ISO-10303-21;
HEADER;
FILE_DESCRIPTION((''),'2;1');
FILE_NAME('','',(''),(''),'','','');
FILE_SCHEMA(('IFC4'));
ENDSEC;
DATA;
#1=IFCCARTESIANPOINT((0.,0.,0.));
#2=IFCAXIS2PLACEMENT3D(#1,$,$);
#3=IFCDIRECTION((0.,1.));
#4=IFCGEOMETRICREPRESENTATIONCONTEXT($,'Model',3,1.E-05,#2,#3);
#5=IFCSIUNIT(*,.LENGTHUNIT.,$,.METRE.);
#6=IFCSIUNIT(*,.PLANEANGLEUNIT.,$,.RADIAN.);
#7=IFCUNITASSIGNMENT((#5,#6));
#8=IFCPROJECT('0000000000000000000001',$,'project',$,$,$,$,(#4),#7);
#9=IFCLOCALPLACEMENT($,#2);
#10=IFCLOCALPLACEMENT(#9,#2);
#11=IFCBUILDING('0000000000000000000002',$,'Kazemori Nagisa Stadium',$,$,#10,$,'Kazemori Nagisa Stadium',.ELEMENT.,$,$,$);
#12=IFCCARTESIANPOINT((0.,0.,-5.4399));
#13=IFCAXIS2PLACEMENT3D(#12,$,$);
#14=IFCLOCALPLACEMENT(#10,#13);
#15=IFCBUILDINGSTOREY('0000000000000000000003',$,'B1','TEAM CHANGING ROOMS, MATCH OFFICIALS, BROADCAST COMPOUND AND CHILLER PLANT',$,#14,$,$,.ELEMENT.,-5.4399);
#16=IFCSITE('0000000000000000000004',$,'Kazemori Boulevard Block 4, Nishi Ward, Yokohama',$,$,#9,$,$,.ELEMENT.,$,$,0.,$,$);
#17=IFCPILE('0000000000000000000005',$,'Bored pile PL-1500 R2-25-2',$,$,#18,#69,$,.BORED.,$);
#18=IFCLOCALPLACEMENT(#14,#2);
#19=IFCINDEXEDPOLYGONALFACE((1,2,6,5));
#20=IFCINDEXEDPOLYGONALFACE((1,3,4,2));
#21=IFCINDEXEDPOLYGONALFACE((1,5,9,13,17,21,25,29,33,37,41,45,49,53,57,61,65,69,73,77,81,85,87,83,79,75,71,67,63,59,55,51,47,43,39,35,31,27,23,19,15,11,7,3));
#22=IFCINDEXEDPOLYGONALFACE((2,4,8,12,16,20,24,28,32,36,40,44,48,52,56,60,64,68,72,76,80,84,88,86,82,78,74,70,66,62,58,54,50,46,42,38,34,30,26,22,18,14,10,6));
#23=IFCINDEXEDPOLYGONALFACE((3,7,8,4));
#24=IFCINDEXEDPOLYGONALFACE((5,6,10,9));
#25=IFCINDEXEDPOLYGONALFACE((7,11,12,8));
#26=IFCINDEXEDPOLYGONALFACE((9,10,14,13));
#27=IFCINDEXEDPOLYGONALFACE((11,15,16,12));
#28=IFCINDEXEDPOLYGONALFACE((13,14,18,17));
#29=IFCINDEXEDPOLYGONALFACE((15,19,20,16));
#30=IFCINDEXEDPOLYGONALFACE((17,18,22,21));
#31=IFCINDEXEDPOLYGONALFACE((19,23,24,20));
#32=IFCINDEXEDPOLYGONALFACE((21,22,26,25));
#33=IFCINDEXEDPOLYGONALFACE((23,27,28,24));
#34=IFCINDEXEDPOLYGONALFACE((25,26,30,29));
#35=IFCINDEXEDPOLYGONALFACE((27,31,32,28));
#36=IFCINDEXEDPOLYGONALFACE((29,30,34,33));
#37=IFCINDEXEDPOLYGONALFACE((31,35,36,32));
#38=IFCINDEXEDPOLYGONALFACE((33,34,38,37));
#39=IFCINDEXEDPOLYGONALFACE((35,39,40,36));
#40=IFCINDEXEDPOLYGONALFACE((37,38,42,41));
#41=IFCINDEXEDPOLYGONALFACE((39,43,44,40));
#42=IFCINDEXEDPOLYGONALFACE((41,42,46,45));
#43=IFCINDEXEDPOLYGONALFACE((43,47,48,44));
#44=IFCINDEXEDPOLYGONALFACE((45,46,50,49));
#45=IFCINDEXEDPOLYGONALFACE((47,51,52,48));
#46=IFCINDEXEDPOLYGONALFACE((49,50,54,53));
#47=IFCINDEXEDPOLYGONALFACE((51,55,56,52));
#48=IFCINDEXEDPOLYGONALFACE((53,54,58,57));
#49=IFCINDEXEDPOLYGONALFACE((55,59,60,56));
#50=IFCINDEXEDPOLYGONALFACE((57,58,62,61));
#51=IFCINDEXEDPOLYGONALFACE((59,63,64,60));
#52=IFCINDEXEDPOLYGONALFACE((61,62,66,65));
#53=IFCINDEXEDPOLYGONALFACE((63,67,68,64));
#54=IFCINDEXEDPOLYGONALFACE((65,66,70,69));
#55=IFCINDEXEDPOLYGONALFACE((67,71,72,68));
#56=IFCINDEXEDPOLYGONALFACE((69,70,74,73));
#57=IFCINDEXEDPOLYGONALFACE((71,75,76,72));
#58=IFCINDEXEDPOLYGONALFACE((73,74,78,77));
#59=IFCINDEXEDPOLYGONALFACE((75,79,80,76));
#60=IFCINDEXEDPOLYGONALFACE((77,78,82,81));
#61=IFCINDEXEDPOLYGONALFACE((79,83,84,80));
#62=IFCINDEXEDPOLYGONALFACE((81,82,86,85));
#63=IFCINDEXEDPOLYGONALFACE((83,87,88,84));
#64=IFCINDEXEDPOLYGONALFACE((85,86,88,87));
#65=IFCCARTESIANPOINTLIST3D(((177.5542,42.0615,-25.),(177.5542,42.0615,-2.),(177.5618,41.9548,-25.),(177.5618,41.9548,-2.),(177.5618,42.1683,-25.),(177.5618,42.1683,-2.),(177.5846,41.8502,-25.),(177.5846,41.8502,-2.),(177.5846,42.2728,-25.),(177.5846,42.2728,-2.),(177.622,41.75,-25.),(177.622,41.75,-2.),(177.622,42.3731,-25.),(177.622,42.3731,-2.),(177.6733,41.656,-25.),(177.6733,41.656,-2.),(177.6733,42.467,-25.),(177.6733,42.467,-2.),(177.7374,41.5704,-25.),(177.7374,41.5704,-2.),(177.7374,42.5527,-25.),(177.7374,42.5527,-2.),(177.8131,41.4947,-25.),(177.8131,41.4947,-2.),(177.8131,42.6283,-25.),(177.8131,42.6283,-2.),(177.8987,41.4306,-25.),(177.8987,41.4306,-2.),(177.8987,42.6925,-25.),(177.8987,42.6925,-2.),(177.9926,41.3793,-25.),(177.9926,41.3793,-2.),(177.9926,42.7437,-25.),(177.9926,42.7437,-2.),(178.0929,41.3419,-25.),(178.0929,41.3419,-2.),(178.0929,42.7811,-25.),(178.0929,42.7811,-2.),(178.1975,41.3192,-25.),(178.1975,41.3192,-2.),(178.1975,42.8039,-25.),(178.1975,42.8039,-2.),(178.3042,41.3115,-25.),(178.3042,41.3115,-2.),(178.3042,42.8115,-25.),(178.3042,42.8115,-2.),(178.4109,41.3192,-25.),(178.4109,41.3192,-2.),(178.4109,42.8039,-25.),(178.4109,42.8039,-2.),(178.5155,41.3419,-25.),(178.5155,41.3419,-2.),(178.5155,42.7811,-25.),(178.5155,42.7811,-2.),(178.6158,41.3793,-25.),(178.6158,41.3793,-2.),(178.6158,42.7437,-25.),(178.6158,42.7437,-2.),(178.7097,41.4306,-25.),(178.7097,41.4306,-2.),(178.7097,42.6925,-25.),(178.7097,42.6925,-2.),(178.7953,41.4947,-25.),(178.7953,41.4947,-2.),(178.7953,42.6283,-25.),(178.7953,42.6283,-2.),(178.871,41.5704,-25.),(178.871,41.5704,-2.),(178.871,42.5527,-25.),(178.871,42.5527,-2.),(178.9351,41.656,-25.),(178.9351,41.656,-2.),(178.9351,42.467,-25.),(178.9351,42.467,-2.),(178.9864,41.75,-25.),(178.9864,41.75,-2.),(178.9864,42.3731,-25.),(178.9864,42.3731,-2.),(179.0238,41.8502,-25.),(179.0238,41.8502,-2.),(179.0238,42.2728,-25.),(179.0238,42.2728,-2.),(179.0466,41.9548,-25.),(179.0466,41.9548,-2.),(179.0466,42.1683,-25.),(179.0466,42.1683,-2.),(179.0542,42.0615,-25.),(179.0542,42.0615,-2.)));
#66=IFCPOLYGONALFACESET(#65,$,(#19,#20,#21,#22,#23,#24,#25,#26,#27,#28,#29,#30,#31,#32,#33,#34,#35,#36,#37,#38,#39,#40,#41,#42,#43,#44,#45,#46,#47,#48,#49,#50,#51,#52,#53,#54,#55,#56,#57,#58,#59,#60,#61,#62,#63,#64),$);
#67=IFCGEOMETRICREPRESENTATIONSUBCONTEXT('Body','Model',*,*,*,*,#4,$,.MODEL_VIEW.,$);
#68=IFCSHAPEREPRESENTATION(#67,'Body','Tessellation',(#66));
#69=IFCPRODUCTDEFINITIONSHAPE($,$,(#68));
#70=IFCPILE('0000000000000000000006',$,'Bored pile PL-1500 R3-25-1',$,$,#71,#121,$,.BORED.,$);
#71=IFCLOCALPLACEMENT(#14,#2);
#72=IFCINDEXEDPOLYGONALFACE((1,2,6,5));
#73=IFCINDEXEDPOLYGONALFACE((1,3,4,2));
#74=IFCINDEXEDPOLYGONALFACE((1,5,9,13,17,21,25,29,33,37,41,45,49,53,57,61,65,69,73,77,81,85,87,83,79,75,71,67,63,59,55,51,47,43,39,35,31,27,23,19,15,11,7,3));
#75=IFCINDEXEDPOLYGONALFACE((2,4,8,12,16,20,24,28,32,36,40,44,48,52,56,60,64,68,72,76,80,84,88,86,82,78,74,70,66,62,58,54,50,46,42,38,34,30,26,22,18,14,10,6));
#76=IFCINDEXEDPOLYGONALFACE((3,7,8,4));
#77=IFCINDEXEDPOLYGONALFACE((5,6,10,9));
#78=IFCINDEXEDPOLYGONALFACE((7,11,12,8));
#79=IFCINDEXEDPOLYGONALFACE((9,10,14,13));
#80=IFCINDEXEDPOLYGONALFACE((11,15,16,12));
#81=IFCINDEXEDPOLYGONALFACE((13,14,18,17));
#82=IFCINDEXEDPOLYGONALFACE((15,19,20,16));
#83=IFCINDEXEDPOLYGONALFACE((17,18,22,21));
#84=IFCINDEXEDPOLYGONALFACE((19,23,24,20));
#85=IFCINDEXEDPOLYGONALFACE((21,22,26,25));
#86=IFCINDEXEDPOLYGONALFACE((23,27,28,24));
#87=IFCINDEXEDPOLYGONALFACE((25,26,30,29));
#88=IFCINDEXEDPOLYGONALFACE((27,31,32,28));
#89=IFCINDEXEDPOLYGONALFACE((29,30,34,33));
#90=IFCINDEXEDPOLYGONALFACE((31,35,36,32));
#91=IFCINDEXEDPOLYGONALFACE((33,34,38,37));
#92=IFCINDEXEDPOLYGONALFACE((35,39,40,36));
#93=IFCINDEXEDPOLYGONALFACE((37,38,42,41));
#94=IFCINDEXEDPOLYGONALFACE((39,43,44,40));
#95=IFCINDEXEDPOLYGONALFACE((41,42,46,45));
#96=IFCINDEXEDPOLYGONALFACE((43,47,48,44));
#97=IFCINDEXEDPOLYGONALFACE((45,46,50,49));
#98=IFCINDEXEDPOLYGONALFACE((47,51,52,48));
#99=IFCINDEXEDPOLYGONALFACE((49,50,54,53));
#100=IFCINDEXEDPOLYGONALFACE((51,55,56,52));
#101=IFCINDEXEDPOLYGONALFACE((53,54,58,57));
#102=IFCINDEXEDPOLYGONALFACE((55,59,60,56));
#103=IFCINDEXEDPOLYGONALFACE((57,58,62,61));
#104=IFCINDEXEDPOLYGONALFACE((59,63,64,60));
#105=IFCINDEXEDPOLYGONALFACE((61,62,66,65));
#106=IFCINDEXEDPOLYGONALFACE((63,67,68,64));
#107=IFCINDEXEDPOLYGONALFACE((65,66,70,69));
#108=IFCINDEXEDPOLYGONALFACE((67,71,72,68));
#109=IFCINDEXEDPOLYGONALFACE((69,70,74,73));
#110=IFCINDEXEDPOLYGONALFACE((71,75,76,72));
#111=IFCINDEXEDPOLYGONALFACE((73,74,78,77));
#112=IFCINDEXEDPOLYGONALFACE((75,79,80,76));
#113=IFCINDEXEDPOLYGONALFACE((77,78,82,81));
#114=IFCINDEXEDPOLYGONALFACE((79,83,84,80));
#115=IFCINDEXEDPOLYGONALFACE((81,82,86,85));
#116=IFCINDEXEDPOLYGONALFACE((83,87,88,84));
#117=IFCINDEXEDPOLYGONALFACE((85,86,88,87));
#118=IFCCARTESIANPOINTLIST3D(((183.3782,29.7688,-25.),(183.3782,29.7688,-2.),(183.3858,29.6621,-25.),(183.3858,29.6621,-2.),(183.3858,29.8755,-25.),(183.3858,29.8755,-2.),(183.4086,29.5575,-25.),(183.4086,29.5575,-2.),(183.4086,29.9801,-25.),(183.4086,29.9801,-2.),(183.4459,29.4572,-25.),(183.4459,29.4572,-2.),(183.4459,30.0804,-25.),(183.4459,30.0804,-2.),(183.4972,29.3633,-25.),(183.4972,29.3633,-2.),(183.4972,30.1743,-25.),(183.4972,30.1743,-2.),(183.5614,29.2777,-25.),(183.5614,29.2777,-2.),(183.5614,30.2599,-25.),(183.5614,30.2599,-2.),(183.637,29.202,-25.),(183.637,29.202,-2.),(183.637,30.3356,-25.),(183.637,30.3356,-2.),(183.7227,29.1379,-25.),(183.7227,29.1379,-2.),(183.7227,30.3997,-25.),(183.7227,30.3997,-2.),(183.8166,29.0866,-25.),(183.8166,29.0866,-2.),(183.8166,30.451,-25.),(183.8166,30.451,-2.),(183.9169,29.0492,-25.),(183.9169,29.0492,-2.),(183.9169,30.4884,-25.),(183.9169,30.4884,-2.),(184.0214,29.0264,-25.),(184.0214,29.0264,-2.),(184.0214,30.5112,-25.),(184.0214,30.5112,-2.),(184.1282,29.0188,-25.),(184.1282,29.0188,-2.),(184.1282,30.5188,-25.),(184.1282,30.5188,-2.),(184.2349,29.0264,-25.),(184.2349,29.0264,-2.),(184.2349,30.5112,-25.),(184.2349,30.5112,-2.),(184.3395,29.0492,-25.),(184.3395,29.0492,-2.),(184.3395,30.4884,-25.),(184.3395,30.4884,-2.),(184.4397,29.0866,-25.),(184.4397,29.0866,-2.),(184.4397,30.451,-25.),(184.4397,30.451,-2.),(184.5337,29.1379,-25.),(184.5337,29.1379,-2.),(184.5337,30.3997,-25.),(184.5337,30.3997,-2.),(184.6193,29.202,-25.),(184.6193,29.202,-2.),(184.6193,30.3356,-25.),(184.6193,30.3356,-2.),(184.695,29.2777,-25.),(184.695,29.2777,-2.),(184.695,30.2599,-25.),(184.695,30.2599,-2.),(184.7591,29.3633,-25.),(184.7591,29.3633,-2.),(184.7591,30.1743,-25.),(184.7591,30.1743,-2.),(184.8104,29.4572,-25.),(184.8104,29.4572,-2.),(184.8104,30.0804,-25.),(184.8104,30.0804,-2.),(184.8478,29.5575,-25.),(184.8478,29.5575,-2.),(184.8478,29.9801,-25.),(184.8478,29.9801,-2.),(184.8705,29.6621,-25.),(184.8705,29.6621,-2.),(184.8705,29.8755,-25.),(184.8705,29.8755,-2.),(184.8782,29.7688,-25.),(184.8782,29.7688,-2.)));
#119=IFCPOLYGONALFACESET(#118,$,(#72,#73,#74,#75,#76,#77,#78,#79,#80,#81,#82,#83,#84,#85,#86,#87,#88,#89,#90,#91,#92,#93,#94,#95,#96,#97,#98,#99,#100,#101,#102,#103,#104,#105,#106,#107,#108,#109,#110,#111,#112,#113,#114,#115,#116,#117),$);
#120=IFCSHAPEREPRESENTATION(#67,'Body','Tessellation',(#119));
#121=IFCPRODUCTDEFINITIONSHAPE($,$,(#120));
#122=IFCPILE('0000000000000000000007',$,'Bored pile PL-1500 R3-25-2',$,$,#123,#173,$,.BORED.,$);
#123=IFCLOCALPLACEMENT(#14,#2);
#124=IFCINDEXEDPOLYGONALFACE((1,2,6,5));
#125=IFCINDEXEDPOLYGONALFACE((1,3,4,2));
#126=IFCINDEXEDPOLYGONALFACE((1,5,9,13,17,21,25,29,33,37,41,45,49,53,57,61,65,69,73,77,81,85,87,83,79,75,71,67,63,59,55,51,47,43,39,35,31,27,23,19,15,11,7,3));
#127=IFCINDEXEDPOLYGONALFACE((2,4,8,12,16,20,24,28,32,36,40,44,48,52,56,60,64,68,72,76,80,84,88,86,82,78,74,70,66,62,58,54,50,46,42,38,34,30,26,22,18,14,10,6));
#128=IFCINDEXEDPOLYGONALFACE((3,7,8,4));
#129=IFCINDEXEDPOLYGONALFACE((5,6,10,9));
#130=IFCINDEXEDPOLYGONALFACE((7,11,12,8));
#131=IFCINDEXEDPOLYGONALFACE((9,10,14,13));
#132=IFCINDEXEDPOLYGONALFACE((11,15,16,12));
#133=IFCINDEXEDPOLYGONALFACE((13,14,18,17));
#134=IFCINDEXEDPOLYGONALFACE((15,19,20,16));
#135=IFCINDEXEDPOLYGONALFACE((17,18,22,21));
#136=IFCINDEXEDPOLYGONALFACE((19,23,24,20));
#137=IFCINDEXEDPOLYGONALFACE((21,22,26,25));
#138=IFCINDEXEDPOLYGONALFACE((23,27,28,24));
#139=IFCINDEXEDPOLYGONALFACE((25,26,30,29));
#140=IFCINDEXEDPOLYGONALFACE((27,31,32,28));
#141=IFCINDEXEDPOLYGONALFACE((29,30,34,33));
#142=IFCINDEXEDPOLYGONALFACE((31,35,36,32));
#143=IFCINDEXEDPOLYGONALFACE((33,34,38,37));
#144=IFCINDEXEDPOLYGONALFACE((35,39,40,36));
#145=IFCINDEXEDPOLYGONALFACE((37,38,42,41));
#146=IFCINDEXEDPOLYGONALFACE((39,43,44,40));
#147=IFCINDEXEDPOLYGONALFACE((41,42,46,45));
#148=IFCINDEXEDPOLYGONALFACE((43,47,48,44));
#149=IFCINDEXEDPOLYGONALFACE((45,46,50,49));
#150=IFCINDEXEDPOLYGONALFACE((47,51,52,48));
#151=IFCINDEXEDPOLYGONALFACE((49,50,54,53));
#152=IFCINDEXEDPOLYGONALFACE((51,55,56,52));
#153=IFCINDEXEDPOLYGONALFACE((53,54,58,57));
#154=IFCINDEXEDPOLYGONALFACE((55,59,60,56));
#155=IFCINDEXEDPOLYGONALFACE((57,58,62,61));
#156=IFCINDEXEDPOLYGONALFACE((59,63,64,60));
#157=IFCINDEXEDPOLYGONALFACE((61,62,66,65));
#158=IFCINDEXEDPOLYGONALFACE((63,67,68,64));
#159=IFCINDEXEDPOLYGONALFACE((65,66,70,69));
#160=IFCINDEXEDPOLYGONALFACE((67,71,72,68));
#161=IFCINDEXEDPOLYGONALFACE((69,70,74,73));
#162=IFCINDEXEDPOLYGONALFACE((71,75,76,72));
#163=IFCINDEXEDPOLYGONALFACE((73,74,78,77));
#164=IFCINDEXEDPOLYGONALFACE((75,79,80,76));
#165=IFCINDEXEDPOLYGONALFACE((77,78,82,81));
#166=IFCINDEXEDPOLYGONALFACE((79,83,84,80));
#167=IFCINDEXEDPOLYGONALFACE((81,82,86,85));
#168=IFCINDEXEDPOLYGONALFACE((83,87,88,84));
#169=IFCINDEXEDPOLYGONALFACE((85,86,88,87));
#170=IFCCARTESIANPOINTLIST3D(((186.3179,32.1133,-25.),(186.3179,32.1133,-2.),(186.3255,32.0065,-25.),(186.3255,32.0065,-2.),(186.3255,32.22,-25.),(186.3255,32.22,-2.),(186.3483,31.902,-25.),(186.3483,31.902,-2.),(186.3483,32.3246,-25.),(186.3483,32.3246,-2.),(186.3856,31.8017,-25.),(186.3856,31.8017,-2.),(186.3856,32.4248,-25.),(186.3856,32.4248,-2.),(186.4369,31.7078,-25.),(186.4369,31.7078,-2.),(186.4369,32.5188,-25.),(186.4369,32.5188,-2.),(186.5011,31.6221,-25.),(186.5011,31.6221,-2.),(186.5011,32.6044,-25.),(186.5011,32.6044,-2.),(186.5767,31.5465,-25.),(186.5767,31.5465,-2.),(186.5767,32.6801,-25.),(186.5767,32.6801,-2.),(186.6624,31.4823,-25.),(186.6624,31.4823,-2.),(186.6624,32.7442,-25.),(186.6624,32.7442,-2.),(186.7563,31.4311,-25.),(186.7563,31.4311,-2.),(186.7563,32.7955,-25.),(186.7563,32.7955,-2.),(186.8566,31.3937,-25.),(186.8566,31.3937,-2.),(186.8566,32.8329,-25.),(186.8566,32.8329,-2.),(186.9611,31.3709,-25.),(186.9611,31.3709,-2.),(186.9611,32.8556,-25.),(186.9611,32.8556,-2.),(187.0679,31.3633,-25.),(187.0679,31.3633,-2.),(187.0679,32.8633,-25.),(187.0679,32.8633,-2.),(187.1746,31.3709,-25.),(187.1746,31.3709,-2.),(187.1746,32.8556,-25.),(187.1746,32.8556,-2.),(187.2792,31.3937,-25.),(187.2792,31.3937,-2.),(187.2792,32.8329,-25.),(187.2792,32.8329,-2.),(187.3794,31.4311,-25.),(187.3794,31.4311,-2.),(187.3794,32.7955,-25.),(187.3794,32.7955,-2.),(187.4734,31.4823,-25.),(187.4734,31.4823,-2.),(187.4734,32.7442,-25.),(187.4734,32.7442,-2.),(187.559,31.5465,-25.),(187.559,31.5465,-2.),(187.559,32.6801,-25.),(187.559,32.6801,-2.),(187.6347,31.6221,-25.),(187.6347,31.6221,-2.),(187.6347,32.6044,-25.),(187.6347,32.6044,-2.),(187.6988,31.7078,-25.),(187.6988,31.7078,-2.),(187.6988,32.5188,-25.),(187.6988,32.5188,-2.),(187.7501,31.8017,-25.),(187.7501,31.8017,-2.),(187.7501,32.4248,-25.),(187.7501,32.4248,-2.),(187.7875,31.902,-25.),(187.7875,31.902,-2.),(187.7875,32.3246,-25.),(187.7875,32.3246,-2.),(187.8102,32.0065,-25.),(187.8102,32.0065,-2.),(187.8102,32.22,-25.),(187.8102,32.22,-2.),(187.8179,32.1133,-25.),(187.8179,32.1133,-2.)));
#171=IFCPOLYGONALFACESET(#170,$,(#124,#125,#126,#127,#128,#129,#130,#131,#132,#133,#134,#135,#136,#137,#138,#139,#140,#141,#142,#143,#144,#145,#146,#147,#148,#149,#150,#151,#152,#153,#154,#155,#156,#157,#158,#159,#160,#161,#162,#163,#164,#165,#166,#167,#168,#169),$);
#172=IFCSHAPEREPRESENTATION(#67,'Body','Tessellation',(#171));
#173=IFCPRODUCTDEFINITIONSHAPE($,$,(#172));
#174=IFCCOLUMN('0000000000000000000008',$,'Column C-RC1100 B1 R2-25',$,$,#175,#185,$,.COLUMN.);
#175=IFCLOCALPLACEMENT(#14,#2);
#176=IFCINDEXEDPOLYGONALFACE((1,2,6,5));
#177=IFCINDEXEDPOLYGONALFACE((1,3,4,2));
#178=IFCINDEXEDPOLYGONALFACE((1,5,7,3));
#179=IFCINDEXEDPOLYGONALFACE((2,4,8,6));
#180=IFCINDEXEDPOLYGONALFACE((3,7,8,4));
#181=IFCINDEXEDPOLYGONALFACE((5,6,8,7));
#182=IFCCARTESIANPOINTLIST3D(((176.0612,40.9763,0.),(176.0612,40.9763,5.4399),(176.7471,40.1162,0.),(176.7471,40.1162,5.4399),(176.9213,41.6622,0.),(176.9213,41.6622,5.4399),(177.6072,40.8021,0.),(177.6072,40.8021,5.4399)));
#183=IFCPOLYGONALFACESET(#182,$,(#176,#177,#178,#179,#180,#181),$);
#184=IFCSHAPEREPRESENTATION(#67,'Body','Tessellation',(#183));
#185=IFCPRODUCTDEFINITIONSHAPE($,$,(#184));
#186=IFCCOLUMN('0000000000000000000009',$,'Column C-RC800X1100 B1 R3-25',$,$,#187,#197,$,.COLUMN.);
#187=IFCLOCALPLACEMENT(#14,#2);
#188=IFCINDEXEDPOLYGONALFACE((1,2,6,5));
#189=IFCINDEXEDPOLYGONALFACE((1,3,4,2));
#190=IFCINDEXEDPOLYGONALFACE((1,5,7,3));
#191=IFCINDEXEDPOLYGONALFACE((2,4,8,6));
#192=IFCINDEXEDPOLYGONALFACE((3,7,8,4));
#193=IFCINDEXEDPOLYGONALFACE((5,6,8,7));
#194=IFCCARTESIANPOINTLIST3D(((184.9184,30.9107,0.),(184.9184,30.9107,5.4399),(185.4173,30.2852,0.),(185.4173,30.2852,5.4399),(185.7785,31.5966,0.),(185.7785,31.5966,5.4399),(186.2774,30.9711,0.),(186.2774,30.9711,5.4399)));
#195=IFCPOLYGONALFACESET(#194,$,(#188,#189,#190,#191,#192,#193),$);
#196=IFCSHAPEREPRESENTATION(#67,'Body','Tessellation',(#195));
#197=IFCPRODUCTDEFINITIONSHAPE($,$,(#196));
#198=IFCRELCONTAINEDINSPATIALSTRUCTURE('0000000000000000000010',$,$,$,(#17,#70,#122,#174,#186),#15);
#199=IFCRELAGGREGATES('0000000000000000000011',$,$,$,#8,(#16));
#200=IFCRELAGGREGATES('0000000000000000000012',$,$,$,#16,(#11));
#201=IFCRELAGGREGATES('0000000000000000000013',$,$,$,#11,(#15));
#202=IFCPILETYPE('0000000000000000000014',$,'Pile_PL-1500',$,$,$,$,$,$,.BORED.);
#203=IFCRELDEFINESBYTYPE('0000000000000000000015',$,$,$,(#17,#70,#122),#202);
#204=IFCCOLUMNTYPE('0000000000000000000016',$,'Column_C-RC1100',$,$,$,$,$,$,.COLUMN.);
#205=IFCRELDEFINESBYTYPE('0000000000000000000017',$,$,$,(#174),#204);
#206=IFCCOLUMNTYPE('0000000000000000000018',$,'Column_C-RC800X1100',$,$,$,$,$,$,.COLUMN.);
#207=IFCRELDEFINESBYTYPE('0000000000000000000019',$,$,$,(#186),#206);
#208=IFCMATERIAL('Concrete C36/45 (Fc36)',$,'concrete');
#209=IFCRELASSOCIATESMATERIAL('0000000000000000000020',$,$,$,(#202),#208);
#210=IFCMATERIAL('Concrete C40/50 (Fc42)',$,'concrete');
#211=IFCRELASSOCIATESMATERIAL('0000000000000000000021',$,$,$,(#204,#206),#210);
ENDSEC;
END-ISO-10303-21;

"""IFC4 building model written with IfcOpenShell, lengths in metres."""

from ifc_helpers import new_model, si_unit, direction, frame, origin, origin_2d, place, context, subcontext, project, spatial, rectangle, circle, extrude, material, material_profile, profile_set, type_object, element, save


model = new_model("IFC4")

# Units and contexts
model_context = context("Model", 3, precision=1e-05, world=origin(), true_north=direction((0.0, 1.0)))
body_context = subcontext(model_context, "Body", "Model", "MODEL_VIEW")
ifc_project = project(units=[si_unit("LENGTHUNIT", "METRE"), si_unit("PLANEANGLEUNIT", "RADIAN")], contexts=[model_context])

# Site, building, storey
site_placement = place(None, origin())
site = spatial("IfcSite", under=ifc_project, at=site_placement, Name="Kazemori Boulevard Block 4, Nishi Ward, Yokohama", CompositionType="ELEMENT", RefElevation=0.0)
building_placement = place(site_placement, origin())
building = spatial("IfcBuilding", under=site, at=building_placement, Name="Kazemori Nagisa Stadium", LongName="Kazemori Nagisa Stadium", CompositionType="ELEMENT")
storey_placement = place(building_placement, frame((0.0, 0.0, -5.4399)))
storey = spatial("IfcBuildingStorey", under=building, at=storey_placement, Name="B1", Description="TEAM CHANGING ROOMS, MATCH OFFICIALS, BROADCAST COMPOUND AND CHILLER PLANT", CompositionType="ELEMENT", Elevation=-5.4399)

# Shared definitions
ifc_material_1 = material(Name="Concrete C40/50 (Fc42)", Category="concrete")

# Piles
ifc_material_2 = material(Name="Concrete C36/45 (Fc36)", Category="concrete")
ifc_material_profile_1 = material_profile(ifc_material_2, circle(Radius=0.75, at=origin_2d()), Name="PILE-D1500")
ifc_profile_set_1 = profile_set([ifc_material_profile_1], Name="Concrete C36/45 (Fc36)")
pile_type_1 = type_object("IfcPileType", Name="Pile_PL-1500", PredefinedType="BORED", material=ifc_profile_set_1)
for number, where, z_axis, x_axis, name in (
    (1, (178.3042, 42.0615, -2.0), (0.0, 0.0, -1.0), (1.0, 0.0, 0.0), "Bored pile PL-1500 R2-25-2"),
    (2, (184.1282, 29.7688, -2.0), (0.0, 0.0, -1.0), (1.0, 0.0, 0.0), "Bored pile PL-1500 R3-25-1"),
    (3, (187.0679, 32.1133, -2.0), (0.0, 0.0, -1.0), (1.0, 0.0, 0.0), "Bored pile PL-1500 R3-25-2"),
):
    element("IfcPile", number, at=place(storey_placement, frame(where, z_axis=z_axis, x_axis=x_axis)), inside=storey, type_object=pile_type_1, Name=name, PredefinedType="BORED", context=body_context, shape_type="SweptSolid", body=[
        extrude(circle(Radius=0.75, at=origin_2d()), origin(), (0.0, 0.0, 1.0), 23.0),
    ])

# Columns
ifc_material_profile_2 = material_profile(ifc_material_1, rectangle(XDim=1.1001, YDim=1.1001, at=origin_2d()), Name="RC-COL-1100x1100")
ifc_profile_set_2 = profile_set([ifc_material_profile_2], Name="Concrete C40/50 (Fc42)")
column_type_1 = type_object("IfcColumnType", Name="Column_C-RC1100", PredefinedType="COLUMN", material=ifc_profile_set_2)
column_placement = place(storey_placement, frame((176.8342, 40.8892, 0.0), z_axis=(0.0, 0.0, 1.0), x_axis=(0.62349, -0.781831, 0.0)))
element("IfcColumn", 4, at=column_placement, inside=storey, type_object=column_type_1, Name="Column C-RC1100 B1 R2-25", PredefinedType="COLUMN", context=body_context, shape_type="SweptSolid", body=[
    extrude(rectangle(XDim=1.1001, YDim=1.1001, at=origin_2d()), origin(), (0.0, 0.0, 1.0), 5.4399),
])
ifc_material_profile_3 = material_profile(ifc_material_1, rectangle(XDim=0.8, YDim=1.1001, at=origin_2d()), Name="RC-COL-800x1100")
ifc_profile_set_3 = profile_set([ifc_material_profile_3], Name="Concrete C40/50 (Fc42)")
column_type_2 = type_object("IfcColumnType", Name="Column_C-RC800X1100", PredefinedType="COLUMN", material=ifc_profile_set_3)
for number, where, z_axis, x_axis, name in (
    (5, (185.5979, 30.9409, 0.0), (0.0, 0.0, 1.0), (0.62349, -0.781831, 0.0), "Column C-RC800X1100 B1 R3-25"),
):
    element("IfcColumn", number, at=place(storey_placement, frame(where, z_axis=z_axis, x_axis=x_axis)), inside=storey, type_object=column_type_2, Name=name, PredefinedType="COLUMN", context=body_context, shape_type="SweptSolid", body=[
        extrude(rectangle(XDim=0.8, YDim=1.1001, at=origin_2d()), origin(), (0.0, 0.0, 1.0), 5.4399),
    ])

save(model, "model.ifc")
